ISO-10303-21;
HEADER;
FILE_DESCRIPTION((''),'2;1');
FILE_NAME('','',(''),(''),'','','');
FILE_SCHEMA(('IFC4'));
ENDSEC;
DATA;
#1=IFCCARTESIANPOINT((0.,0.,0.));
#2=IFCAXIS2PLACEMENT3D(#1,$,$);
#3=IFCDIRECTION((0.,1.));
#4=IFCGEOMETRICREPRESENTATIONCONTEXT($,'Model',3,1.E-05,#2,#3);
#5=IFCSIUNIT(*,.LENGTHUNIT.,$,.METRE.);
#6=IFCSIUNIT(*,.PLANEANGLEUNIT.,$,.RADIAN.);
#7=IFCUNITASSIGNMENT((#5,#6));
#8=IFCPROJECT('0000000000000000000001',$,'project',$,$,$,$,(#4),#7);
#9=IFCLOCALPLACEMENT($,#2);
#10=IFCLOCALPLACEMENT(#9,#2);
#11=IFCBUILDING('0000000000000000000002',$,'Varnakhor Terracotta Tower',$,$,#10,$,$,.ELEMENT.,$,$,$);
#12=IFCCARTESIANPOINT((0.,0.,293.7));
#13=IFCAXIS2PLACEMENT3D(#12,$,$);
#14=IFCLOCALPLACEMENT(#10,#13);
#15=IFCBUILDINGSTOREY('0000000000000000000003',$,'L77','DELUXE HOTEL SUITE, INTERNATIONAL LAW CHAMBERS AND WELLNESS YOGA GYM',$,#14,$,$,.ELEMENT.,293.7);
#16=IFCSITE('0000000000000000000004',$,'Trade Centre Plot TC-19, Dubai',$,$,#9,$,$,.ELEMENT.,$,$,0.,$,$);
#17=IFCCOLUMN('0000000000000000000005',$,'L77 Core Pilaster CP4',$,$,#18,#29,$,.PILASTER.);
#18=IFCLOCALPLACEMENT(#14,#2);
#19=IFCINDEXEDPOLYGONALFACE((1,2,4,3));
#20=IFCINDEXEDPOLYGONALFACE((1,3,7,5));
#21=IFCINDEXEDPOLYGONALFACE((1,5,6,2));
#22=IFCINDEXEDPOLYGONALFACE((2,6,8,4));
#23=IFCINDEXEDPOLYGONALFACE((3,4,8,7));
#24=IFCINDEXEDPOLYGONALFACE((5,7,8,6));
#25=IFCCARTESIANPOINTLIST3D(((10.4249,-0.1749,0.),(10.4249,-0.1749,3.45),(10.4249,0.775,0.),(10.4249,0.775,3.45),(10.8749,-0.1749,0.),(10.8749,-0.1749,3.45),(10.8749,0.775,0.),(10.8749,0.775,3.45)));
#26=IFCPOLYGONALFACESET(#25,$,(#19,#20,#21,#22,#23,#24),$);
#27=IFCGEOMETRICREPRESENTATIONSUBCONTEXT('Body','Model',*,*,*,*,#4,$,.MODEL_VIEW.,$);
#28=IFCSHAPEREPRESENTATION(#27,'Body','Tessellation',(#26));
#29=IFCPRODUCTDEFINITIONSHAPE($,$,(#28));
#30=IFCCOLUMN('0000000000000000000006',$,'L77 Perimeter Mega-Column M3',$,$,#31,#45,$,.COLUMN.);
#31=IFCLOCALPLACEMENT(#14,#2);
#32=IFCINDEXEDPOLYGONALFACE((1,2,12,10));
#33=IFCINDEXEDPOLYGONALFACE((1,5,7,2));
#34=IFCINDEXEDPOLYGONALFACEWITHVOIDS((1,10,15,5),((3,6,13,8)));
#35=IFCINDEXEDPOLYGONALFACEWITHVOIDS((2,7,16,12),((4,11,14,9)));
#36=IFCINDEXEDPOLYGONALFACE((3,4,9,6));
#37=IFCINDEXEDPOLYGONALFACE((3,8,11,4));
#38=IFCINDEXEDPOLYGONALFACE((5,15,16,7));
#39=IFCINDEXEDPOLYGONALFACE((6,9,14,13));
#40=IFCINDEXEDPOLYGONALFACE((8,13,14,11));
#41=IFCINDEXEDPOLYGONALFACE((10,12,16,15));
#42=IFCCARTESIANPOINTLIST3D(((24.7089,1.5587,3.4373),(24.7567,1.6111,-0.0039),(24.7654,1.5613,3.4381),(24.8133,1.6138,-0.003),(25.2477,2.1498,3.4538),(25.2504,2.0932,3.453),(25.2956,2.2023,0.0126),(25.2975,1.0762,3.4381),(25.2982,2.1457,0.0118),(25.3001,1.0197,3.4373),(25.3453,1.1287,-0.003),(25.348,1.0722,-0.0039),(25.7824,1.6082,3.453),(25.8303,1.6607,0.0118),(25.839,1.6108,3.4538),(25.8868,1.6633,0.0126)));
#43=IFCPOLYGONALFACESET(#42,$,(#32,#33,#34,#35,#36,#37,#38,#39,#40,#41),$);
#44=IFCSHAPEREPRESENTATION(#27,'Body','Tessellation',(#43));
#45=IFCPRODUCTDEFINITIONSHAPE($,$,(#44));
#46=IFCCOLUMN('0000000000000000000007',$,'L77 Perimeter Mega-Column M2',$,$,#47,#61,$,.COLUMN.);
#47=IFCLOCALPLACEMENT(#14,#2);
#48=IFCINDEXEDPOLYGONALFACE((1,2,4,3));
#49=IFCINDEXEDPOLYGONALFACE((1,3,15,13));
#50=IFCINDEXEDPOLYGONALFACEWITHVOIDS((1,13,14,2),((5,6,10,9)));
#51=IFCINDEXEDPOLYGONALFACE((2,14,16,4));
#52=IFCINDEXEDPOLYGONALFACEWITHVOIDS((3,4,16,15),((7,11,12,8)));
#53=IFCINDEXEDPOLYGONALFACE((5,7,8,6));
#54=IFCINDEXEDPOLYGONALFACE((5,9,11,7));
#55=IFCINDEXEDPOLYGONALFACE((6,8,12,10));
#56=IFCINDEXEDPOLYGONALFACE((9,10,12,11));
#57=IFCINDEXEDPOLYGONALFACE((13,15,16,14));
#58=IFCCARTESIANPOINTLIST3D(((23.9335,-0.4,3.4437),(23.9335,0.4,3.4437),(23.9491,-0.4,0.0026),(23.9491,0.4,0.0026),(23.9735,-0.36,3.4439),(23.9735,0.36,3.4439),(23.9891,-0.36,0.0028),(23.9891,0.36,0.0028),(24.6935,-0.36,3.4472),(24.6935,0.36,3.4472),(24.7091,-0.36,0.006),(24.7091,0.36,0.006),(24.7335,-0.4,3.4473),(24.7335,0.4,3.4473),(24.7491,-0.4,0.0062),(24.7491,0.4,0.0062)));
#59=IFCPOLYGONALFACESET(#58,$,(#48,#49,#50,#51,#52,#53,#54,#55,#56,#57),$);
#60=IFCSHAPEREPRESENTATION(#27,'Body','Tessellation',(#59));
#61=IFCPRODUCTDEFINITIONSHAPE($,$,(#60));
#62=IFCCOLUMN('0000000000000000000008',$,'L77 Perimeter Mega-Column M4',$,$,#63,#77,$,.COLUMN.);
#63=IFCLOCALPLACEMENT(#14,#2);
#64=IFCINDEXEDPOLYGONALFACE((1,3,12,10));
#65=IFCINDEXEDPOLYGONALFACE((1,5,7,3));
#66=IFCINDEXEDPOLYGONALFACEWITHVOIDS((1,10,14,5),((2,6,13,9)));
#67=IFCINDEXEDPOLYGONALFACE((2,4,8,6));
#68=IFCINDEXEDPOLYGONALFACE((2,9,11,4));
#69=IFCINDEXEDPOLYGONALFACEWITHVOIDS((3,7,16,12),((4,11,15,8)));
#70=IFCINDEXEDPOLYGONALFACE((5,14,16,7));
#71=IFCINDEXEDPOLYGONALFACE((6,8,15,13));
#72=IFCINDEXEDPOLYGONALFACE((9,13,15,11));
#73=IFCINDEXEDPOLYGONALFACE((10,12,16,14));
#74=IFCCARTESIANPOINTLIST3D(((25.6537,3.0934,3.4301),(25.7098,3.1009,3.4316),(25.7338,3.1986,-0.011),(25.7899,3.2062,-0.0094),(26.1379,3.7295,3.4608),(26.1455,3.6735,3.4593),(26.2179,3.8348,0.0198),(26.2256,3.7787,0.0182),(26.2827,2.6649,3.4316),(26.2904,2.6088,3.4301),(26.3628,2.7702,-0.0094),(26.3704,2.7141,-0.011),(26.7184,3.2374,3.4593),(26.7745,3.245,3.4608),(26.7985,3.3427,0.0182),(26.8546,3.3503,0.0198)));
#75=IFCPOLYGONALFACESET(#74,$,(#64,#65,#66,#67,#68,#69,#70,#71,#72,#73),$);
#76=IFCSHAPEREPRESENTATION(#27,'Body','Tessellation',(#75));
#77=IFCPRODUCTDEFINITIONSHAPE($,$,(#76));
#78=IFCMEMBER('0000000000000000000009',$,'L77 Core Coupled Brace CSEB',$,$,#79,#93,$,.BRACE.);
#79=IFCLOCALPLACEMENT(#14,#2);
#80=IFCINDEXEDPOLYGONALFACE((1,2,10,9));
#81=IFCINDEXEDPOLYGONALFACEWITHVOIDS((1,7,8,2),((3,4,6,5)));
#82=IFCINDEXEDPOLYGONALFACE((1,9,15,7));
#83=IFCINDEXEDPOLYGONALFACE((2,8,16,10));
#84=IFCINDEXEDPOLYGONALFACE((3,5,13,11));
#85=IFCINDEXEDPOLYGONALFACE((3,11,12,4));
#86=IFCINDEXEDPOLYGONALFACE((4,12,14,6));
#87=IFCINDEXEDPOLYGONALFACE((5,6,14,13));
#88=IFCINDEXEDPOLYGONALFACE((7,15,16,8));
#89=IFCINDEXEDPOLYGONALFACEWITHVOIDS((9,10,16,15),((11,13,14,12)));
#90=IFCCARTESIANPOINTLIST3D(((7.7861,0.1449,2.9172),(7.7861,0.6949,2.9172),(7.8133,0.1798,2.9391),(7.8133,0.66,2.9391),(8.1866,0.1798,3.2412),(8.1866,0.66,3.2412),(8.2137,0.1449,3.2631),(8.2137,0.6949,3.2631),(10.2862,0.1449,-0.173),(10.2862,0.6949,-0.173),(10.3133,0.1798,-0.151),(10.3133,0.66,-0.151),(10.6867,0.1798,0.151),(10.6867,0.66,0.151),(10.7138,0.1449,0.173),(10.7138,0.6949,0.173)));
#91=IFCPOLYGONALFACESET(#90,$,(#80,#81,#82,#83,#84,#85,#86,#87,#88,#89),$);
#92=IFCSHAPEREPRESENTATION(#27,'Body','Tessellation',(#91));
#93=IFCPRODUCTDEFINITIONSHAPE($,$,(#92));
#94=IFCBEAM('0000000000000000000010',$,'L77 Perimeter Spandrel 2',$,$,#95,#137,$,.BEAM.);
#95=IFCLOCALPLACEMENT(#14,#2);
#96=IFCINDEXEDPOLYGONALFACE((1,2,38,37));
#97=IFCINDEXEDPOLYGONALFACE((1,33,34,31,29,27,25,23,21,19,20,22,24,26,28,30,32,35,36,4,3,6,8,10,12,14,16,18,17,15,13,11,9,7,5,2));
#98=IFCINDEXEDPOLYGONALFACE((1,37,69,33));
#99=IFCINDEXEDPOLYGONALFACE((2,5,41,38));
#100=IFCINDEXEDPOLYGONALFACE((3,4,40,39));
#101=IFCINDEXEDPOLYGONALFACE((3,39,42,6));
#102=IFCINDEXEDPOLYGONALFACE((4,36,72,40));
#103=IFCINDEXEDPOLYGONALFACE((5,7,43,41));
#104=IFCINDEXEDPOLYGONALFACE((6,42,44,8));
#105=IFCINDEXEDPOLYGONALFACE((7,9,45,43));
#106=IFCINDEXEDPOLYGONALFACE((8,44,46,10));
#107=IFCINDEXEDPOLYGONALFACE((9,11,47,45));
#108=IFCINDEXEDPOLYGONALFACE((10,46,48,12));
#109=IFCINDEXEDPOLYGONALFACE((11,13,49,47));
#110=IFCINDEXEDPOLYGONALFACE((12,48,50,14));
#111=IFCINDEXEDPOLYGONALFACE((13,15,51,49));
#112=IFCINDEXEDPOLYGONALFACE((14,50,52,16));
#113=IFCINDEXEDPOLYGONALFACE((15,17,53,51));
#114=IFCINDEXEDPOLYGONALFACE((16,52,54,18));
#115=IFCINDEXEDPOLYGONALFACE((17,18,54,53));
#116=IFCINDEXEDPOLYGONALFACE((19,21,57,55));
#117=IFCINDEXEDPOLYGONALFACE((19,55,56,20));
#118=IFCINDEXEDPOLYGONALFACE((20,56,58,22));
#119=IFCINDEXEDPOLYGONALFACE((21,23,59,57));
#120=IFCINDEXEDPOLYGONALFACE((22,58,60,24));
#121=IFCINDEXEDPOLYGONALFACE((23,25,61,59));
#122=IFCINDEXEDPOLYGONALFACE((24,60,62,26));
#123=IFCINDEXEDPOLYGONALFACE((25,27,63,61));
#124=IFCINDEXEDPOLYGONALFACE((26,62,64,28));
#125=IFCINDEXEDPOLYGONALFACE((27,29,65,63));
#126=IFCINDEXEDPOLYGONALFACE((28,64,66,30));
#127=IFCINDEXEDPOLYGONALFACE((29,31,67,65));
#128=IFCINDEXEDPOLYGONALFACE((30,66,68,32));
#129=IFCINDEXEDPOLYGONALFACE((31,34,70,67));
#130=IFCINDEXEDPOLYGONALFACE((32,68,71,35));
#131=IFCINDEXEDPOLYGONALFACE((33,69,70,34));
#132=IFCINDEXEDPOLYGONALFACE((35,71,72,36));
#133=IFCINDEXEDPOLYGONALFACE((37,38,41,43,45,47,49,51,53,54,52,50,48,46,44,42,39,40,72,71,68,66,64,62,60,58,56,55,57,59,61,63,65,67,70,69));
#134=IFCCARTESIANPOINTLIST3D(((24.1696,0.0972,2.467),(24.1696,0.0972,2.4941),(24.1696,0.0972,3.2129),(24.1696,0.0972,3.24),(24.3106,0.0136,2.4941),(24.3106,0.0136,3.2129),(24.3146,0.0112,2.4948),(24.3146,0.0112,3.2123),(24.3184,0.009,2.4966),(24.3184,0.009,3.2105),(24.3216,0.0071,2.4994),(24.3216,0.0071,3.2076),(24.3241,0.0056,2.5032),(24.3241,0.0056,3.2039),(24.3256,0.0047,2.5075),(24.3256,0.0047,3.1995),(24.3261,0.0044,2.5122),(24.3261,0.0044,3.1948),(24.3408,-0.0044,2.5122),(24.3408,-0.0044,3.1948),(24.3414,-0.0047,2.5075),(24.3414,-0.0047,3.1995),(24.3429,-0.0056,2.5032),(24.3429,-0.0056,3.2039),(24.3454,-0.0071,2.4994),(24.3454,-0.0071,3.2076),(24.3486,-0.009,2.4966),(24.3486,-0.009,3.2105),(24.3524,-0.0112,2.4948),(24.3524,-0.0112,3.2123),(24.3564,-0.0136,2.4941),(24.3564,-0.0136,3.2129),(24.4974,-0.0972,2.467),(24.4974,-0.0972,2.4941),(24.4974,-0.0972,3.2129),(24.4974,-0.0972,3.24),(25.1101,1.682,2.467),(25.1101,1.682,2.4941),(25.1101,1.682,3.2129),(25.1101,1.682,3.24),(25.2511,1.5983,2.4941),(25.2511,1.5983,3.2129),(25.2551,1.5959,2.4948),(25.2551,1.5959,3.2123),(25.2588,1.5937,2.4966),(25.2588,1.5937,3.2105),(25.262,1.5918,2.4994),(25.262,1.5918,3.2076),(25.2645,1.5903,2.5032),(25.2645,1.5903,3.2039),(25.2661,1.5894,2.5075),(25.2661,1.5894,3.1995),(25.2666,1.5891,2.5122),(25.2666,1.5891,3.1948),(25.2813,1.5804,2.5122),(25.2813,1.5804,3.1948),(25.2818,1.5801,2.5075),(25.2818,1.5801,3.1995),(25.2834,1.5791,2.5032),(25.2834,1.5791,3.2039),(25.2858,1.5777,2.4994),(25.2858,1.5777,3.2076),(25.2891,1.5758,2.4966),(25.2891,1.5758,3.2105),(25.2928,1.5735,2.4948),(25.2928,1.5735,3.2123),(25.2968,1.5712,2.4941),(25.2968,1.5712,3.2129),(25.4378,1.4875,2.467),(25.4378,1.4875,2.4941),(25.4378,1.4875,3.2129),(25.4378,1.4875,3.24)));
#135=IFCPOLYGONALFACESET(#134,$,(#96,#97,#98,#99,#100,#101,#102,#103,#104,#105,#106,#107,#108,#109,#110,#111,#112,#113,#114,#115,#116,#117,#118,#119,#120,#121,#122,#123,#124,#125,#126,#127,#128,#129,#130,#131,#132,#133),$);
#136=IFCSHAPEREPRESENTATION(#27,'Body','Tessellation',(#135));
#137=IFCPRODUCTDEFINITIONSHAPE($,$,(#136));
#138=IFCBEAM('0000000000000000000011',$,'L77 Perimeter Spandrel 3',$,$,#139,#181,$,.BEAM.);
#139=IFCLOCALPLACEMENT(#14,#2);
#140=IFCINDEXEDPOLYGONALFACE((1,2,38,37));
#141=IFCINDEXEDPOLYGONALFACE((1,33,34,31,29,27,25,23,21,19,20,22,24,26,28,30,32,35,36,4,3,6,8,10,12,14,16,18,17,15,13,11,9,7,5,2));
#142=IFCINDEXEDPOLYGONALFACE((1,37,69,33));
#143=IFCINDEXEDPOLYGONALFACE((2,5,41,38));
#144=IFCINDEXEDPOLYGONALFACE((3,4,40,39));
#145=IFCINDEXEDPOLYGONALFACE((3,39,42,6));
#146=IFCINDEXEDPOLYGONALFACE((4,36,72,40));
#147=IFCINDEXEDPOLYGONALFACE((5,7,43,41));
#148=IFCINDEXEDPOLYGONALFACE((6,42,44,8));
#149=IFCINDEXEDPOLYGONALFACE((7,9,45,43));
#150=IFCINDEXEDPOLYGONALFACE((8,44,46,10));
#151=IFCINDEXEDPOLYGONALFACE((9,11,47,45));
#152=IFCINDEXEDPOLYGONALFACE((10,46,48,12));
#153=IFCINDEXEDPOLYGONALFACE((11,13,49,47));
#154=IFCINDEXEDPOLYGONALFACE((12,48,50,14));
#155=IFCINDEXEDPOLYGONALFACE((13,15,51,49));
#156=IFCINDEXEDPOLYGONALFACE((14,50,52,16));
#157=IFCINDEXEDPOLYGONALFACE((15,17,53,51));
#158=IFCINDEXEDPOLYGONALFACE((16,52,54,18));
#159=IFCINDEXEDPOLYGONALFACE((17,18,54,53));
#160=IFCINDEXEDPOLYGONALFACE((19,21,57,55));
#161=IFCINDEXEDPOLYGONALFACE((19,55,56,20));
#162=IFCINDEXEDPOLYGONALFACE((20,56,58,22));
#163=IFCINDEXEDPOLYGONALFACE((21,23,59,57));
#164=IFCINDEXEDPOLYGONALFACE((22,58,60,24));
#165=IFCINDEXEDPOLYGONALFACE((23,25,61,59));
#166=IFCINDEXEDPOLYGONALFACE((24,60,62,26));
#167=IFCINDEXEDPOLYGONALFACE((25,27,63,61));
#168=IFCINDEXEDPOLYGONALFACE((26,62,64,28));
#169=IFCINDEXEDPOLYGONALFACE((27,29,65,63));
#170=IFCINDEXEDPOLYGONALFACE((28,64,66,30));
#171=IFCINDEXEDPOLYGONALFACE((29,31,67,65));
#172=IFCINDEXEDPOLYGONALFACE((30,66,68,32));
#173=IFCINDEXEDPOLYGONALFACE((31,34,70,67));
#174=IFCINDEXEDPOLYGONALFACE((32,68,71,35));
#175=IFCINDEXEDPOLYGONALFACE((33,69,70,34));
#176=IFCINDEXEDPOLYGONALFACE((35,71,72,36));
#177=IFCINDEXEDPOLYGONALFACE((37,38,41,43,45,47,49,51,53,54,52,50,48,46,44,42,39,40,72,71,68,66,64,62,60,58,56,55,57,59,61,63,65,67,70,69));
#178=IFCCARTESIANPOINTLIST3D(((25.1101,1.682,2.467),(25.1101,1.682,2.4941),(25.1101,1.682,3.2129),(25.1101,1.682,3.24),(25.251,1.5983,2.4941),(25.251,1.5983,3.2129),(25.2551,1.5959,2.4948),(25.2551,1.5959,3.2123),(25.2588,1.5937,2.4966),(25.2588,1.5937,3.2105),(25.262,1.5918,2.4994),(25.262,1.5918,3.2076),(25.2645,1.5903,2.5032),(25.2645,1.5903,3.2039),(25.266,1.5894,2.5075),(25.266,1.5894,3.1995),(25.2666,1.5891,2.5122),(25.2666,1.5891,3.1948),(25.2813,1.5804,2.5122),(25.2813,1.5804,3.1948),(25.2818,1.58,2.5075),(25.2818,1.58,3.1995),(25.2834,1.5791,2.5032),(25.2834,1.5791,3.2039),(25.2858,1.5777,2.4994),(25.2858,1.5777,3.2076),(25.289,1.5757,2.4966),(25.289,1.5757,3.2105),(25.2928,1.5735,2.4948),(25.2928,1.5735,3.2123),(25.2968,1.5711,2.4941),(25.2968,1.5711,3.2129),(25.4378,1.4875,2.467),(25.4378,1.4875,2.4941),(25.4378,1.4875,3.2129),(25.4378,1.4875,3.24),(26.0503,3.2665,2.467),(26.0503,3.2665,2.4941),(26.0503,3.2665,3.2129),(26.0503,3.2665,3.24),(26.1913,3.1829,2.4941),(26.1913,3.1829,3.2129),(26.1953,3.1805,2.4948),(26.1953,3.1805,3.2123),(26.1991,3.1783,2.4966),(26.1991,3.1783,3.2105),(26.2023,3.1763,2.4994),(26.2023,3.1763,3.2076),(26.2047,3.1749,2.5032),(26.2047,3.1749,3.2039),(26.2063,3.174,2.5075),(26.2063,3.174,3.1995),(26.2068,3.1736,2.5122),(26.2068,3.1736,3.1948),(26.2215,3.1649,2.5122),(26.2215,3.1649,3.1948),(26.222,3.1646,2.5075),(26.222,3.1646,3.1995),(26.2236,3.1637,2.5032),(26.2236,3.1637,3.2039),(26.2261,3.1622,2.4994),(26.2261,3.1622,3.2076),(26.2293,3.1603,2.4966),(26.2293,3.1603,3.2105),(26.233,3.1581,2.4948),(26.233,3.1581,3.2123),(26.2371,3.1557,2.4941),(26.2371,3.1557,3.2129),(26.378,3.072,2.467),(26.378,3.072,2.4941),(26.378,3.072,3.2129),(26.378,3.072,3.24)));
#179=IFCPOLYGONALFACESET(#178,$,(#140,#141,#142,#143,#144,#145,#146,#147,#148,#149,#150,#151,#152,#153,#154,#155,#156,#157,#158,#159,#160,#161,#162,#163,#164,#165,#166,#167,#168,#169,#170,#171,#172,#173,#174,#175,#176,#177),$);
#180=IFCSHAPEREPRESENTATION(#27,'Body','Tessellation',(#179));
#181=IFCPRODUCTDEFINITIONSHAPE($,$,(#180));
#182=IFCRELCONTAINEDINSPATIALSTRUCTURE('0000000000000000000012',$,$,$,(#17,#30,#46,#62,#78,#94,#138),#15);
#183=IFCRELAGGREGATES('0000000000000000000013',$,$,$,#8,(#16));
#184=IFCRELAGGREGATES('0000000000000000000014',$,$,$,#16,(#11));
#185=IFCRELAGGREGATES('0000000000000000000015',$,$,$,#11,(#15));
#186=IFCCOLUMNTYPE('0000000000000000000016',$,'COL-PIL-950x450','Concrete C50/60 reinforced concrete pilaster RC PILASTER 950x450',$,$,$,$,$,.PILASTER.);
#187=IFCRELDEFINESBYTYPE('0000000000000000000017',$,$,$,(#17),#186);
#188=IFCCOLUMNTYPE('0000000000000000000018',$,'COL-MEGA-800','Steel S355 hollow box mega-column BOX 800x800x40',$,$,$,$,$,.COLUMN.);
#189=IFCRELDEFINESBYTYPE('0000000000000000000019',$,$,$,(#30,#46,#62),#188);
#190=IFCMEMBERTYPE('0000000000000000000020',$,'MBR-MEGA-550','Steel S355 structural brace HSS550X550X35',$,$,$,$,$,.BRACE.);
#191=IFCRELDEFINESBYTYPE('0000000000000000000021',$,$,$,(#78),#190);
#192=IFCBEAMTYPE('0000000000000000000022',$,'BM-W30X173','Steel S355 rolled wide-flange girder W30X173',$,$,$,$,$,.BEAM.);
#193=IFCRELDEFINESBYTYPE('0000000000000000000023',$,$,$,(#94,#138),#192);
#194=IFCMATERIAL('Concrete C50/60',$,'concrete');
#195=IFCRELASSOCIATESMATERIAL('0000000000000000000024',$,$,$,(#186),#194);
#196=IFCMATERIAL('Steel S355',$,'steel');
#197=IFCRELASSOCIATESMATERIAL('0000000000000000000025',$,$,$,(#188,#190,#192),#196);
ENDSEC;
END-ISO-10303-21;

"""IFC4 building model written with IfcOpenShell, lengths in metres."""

from ifc_helpers import new_model, si_unit, direction, frame, origin, origin_2d, place, context, subcontext, project, spatial, rectangle, hollow_rectangle, i_section, extrude, source, transform, mapped, material, material_profile, profile_set, type_object, element, save


model = new_model("IFC4")

# Units and contexts
model_context = context("Model", 3, precision=1e-05, world=origin(), true_north=direction((0.0, 1.0)))
body_context = subcontext(model_context, "Body", "Model", "MODEL_VIEW")
ifc_project = project(units=[si_unit("LENGTHUNIT", "METRE"), si_unit("PLANEANGLEUNIT", "RADIAN")], contexts=[model_context])

# Site, building, storey
site_placement = place(None, origin())
site = spatial("IfcSite", under=ifc_project, at=site_placement, Name="Trade Centre Plot TC-19, Dubai", CompositionType="ELEMENT", RefElevation=0.0)
building_placement = place(site_placement, origin())
building = spatial("IfcBuilding", under=site, at=building_placement, Name="Varnakhor Terracotta Tower", CompositionType="ELEMENT")
storey_placement = place(building_placement, frame((0.0, 0.0, 293.7)))
storey = spatial("IfcBuildingStorey", under=building, at=storey_placement, Name="L77", Description="DELUXE HOTEL SUITE, INTERNATIONAL LAW CHAMBERS AND WELLNESS YOGA GYM", CompositionType="ELEMENT", Elevation=293.7)

# Columns
ifc_material_1 = material(Name="Concrete C50/60", Category="concrete")
ifc_material_profile_1 = material_profile(ifc_material_1, rectangle(XDim=0.45, YDim=0.95, at=origin_2d()), Name="RC PILASTER 950x450")
ifc_profile_set_1 = profile_set([ifc_material_profile_1], Name="Concrete C50/60")
column_type_1 = type_object("IfcColumnType", Name="COL-PIL-950x450", Description="Concrete C50/60 reinforced concrete pilaster RC PILASTER 950x450", PredefinedType="PILASTER", material=ifc_profile_set_1)
shared_shape_1 = source(origin(), body_context, "Body", "SweptSolid", [
    extrude(rectangle(XDim=0.45, YDim=0.95, at=origin_2d()), origin(), (0.0, 0.0, 1.0), 3.45),
])
column_1_placement = place(storey_placement, frame((10.6499, 0.3, 0.0), z_axis=(0.0, 0.0, 1.0), x_axis=(1.0, 0.0, 0.0)))
element("IfcColumn", 1, at=column_1_placement, inside=storey, type_object=column_type_1, Name="L77 Core Pilaster CP4", PredefinedType="PILASTER", context=body_context, shape_type="MappedRepresentation", body=[
    mapped(shared_shape_1, transform((0.0, 0.0, 0.0), scale=1.0)),
])
ifc_material_2 = material(Name="Steel S355", Category="steel")
ifc_material_profile_2 = material_profile(ifc_material_2, hollow_rectangle(XDim=0.8, YDim=0.8, WallThickness=0.04, at=origin_2d()), Name="BOX 800x800x40")
ifc_profile_set_2 = profile_set([ifc_material_profile_2], Name="Steel S355")
column_type_2 = type_object("IfcColumnType", Name="COL-MEGA-800", Description="Steel S355 hollow box mega-column BOX 800x800x40", PredefinedType="COLUMN", material=ifc_profile_set_2)
shared_shape_2 = source(origin(), body_context, "Body", "SweptSolid", [
    extrude(hollow_rectangle(XDim=0.8, YDim=0.8, WallThickness=0.04, at=origin_2d()), origin(), (0.0, 0.0, 1.0), 3.4419),
])
column_2_placement = place(storey_placement, frame((25.3218, 1.6372, 0.0044), z_axis=(-0.013903, -0.01525, 0.999787), x_axis=(0.739006, -0.673699, 0.0)))
element("IfcColumn", 2, at=column_2_placement, inside=storey, type_object=column_type_2, Name="L77 Perimeter Mega-Column M3", PredefinedType="COLUMN", context=body_context, shape_type="MappedRepresentation", body=[
    mapped(shared_shape_2, transform((0.0, 0.0, 0.0), scale=1.0)),
])
shared_shape_3 = source(origin(), body_context, "Body", "SweptSolid", [
    extrude(hollow_rectangle(XDim=0.8, YDim=0.8, WallThickness=0.04, at=origin_2d()), origin(), (0.0, 0.0, 1.0), 3.4412),
])
column_3_placement = place(storey_placement, frame((24.3491, 0.0, 0.0044), z_axis=(-0.004541, 0.0, 0.99999), x_axis=(0.0, -1.0, 0.0)))
element("IfcColumn", 3, at=column_3_placement, inside=storey, type_object=column_type_2, Name="L77 Perimeter Mega-Column M2", PredefinedType="COLUMN", context=body_context, shape_type="MappedRepresentation", body=[
    mapped(shared_shape_3, transform((0.0, 0.0, 0.0), scale=1.0)),
])
shared_shape_4 = source(origin(), body_context, "Body", "SweptSolid", [
    extrude(hollow_rectangle(XDim=0.8, YDim=0.8, WallThickness=0.04, at=origin_2d()), origin(), (0.0, 0.0, 1.0), 3.4436),
])
column_4_placement = place(storey_placement, frame((26.2942, 3.2744, 0.0044), z_axis=(-0.023254, -0.030556, 0.999263), x_axis=(0.795771, -0.605598, 0.0)))
element("IfcColumn", 4, at=column_4_placement, inside=storey, type_object=column_type_2, Name="L77 Perimeter Mega-Column M4", PredefinedType="COLUMN", context=body_context, shape_type="MappedRepresentation", body=[
    mapped(shared_shape_4, transform((0.0, 0.0, 0.0), scale=1.0)),
])

# Member
ifc_material_profile_3 = material_profile(ifc_material_2, hollow_rectangle(XDim=0.55, YDim=0.55, WallThickness=0.0349, at=origin_2d()), Name="HSS550X550X35")
ifc_profile_set_3 = profile_set([ifc_material_profile_3], Name="Steel S355")
member_type_1 = type_object("IfcMemberType", Name="MBR-MEGA-550", Description="Steel S355 structural brace HSS550X550X35", PredefinedType="BRACE", material=ifc_profile_set_3)
shared_shape_5 = source(origin(), body_context, "Body", "SweptSolid", [
    extrude(hollow_rectangle(XDim=0.55, YDim=0.55, WallThickness=0.0349, at=origin_2d()), origin(), (0.0, 0.0, 1.0), 3.9749),
])
member_1_placement = place(storey_placement, frame((10.5, 0.4199, 0.0), z_axis=(-0.62897, 0.0, 0.777429), x_axis=(0.0, -1.0, 0.0)))
element("IfcMember", 5, at=member_1_placement, inside=storey, type_object=member_type_1, Name="L77 Core Coupled Brace CSEB", PredefinedType="BRACE", context=body_context, shape_type="MappedRepresentation", body=[
    mapped(shared_shape_5, transform((0.0, 0.0, 0.0), scale=1.0)),
])

# Beams
ifc_material_profile_4 = material_profile(ifc_material_2, i_section(OverallWidth=0.3811, OverallDepth=0.7729, WebThickness=0.0171, FlangeThickness=0.0271, FilletRadius=0.0181, at=origin_2d()), Name="W30X173")
ifc_profile_set_4 = profile_set([ifc_material_profile_4], Name="Steel S355")
beam_type_1 = type_object("IfcBeamType", Name="BM-W30X173", Description="Steel S355 rolled wide-flange girder W30X173", PredefinedType="BEAM", material=ifc_profile_set_4)
shared_shape_6 = source(origin(), body_context, "Body", "SweptSolid", [
    extrude(i_section(OverallWidth=0.3811, OverallDepth=0.7729, WebThickness=0.0171, FlangeThickness=0.0271, FilletRadius=0.0181, at=origin_2d()), origin(), (0.0, 0.0, 1.0), 1.8428),
])
beam_1_placement = place(storey_placement, frame((24.3335, 0.0, 2.8535), z_axis=(0.51034, 0.859973, 0.0), x_axis=(-0.859973, 0.51034, 0.0)))
element("IfcBeam", 6, at=beam_1_placement, inside=storey, type_object=beam_type_1, Name="L77 Perimeter Spandrel 2", PredefinedType="BEAM", context=body_context, shape_type="MappedRepresentation", body=[
    mapped(shared_shape_6, transform((0.0, 0.0, 0.0), scale=1.0)),
])
shared_shape_7 = source(origin(), body_context, "Body", "SweptSolid", [
    extrude(i_section(OverallWidth=0.3811, OverallDepth=0.7729, WebThickness=0.0171, FlangeThickness=0.0271, FilletRadius=0.0181, at=origin_2d()), origin(), (0.0, 0.0, 1.0), 1.8425),
])
beam_2_placement = place(storey_placement, frame((25.2739, 1.5847, 2.8535), z_axis=(0.5103, 0.859997, 0.0), x_axis=(-0.859997, 0.5103, 0.0)))
element("IfcBeam", 7, at=beam_2_placement, inside=storey, type_object=beam_type_1, Name="L77 Perimeter Spandrel 3", PredefinedType="BEAM", context=body_context, shape_type="MappedRepresentation", body=[
    mapped(shared_shape_7, transform((0.0, 0.0, 0.0), scale=1.0)),
])

save(model, "model.ifc")
